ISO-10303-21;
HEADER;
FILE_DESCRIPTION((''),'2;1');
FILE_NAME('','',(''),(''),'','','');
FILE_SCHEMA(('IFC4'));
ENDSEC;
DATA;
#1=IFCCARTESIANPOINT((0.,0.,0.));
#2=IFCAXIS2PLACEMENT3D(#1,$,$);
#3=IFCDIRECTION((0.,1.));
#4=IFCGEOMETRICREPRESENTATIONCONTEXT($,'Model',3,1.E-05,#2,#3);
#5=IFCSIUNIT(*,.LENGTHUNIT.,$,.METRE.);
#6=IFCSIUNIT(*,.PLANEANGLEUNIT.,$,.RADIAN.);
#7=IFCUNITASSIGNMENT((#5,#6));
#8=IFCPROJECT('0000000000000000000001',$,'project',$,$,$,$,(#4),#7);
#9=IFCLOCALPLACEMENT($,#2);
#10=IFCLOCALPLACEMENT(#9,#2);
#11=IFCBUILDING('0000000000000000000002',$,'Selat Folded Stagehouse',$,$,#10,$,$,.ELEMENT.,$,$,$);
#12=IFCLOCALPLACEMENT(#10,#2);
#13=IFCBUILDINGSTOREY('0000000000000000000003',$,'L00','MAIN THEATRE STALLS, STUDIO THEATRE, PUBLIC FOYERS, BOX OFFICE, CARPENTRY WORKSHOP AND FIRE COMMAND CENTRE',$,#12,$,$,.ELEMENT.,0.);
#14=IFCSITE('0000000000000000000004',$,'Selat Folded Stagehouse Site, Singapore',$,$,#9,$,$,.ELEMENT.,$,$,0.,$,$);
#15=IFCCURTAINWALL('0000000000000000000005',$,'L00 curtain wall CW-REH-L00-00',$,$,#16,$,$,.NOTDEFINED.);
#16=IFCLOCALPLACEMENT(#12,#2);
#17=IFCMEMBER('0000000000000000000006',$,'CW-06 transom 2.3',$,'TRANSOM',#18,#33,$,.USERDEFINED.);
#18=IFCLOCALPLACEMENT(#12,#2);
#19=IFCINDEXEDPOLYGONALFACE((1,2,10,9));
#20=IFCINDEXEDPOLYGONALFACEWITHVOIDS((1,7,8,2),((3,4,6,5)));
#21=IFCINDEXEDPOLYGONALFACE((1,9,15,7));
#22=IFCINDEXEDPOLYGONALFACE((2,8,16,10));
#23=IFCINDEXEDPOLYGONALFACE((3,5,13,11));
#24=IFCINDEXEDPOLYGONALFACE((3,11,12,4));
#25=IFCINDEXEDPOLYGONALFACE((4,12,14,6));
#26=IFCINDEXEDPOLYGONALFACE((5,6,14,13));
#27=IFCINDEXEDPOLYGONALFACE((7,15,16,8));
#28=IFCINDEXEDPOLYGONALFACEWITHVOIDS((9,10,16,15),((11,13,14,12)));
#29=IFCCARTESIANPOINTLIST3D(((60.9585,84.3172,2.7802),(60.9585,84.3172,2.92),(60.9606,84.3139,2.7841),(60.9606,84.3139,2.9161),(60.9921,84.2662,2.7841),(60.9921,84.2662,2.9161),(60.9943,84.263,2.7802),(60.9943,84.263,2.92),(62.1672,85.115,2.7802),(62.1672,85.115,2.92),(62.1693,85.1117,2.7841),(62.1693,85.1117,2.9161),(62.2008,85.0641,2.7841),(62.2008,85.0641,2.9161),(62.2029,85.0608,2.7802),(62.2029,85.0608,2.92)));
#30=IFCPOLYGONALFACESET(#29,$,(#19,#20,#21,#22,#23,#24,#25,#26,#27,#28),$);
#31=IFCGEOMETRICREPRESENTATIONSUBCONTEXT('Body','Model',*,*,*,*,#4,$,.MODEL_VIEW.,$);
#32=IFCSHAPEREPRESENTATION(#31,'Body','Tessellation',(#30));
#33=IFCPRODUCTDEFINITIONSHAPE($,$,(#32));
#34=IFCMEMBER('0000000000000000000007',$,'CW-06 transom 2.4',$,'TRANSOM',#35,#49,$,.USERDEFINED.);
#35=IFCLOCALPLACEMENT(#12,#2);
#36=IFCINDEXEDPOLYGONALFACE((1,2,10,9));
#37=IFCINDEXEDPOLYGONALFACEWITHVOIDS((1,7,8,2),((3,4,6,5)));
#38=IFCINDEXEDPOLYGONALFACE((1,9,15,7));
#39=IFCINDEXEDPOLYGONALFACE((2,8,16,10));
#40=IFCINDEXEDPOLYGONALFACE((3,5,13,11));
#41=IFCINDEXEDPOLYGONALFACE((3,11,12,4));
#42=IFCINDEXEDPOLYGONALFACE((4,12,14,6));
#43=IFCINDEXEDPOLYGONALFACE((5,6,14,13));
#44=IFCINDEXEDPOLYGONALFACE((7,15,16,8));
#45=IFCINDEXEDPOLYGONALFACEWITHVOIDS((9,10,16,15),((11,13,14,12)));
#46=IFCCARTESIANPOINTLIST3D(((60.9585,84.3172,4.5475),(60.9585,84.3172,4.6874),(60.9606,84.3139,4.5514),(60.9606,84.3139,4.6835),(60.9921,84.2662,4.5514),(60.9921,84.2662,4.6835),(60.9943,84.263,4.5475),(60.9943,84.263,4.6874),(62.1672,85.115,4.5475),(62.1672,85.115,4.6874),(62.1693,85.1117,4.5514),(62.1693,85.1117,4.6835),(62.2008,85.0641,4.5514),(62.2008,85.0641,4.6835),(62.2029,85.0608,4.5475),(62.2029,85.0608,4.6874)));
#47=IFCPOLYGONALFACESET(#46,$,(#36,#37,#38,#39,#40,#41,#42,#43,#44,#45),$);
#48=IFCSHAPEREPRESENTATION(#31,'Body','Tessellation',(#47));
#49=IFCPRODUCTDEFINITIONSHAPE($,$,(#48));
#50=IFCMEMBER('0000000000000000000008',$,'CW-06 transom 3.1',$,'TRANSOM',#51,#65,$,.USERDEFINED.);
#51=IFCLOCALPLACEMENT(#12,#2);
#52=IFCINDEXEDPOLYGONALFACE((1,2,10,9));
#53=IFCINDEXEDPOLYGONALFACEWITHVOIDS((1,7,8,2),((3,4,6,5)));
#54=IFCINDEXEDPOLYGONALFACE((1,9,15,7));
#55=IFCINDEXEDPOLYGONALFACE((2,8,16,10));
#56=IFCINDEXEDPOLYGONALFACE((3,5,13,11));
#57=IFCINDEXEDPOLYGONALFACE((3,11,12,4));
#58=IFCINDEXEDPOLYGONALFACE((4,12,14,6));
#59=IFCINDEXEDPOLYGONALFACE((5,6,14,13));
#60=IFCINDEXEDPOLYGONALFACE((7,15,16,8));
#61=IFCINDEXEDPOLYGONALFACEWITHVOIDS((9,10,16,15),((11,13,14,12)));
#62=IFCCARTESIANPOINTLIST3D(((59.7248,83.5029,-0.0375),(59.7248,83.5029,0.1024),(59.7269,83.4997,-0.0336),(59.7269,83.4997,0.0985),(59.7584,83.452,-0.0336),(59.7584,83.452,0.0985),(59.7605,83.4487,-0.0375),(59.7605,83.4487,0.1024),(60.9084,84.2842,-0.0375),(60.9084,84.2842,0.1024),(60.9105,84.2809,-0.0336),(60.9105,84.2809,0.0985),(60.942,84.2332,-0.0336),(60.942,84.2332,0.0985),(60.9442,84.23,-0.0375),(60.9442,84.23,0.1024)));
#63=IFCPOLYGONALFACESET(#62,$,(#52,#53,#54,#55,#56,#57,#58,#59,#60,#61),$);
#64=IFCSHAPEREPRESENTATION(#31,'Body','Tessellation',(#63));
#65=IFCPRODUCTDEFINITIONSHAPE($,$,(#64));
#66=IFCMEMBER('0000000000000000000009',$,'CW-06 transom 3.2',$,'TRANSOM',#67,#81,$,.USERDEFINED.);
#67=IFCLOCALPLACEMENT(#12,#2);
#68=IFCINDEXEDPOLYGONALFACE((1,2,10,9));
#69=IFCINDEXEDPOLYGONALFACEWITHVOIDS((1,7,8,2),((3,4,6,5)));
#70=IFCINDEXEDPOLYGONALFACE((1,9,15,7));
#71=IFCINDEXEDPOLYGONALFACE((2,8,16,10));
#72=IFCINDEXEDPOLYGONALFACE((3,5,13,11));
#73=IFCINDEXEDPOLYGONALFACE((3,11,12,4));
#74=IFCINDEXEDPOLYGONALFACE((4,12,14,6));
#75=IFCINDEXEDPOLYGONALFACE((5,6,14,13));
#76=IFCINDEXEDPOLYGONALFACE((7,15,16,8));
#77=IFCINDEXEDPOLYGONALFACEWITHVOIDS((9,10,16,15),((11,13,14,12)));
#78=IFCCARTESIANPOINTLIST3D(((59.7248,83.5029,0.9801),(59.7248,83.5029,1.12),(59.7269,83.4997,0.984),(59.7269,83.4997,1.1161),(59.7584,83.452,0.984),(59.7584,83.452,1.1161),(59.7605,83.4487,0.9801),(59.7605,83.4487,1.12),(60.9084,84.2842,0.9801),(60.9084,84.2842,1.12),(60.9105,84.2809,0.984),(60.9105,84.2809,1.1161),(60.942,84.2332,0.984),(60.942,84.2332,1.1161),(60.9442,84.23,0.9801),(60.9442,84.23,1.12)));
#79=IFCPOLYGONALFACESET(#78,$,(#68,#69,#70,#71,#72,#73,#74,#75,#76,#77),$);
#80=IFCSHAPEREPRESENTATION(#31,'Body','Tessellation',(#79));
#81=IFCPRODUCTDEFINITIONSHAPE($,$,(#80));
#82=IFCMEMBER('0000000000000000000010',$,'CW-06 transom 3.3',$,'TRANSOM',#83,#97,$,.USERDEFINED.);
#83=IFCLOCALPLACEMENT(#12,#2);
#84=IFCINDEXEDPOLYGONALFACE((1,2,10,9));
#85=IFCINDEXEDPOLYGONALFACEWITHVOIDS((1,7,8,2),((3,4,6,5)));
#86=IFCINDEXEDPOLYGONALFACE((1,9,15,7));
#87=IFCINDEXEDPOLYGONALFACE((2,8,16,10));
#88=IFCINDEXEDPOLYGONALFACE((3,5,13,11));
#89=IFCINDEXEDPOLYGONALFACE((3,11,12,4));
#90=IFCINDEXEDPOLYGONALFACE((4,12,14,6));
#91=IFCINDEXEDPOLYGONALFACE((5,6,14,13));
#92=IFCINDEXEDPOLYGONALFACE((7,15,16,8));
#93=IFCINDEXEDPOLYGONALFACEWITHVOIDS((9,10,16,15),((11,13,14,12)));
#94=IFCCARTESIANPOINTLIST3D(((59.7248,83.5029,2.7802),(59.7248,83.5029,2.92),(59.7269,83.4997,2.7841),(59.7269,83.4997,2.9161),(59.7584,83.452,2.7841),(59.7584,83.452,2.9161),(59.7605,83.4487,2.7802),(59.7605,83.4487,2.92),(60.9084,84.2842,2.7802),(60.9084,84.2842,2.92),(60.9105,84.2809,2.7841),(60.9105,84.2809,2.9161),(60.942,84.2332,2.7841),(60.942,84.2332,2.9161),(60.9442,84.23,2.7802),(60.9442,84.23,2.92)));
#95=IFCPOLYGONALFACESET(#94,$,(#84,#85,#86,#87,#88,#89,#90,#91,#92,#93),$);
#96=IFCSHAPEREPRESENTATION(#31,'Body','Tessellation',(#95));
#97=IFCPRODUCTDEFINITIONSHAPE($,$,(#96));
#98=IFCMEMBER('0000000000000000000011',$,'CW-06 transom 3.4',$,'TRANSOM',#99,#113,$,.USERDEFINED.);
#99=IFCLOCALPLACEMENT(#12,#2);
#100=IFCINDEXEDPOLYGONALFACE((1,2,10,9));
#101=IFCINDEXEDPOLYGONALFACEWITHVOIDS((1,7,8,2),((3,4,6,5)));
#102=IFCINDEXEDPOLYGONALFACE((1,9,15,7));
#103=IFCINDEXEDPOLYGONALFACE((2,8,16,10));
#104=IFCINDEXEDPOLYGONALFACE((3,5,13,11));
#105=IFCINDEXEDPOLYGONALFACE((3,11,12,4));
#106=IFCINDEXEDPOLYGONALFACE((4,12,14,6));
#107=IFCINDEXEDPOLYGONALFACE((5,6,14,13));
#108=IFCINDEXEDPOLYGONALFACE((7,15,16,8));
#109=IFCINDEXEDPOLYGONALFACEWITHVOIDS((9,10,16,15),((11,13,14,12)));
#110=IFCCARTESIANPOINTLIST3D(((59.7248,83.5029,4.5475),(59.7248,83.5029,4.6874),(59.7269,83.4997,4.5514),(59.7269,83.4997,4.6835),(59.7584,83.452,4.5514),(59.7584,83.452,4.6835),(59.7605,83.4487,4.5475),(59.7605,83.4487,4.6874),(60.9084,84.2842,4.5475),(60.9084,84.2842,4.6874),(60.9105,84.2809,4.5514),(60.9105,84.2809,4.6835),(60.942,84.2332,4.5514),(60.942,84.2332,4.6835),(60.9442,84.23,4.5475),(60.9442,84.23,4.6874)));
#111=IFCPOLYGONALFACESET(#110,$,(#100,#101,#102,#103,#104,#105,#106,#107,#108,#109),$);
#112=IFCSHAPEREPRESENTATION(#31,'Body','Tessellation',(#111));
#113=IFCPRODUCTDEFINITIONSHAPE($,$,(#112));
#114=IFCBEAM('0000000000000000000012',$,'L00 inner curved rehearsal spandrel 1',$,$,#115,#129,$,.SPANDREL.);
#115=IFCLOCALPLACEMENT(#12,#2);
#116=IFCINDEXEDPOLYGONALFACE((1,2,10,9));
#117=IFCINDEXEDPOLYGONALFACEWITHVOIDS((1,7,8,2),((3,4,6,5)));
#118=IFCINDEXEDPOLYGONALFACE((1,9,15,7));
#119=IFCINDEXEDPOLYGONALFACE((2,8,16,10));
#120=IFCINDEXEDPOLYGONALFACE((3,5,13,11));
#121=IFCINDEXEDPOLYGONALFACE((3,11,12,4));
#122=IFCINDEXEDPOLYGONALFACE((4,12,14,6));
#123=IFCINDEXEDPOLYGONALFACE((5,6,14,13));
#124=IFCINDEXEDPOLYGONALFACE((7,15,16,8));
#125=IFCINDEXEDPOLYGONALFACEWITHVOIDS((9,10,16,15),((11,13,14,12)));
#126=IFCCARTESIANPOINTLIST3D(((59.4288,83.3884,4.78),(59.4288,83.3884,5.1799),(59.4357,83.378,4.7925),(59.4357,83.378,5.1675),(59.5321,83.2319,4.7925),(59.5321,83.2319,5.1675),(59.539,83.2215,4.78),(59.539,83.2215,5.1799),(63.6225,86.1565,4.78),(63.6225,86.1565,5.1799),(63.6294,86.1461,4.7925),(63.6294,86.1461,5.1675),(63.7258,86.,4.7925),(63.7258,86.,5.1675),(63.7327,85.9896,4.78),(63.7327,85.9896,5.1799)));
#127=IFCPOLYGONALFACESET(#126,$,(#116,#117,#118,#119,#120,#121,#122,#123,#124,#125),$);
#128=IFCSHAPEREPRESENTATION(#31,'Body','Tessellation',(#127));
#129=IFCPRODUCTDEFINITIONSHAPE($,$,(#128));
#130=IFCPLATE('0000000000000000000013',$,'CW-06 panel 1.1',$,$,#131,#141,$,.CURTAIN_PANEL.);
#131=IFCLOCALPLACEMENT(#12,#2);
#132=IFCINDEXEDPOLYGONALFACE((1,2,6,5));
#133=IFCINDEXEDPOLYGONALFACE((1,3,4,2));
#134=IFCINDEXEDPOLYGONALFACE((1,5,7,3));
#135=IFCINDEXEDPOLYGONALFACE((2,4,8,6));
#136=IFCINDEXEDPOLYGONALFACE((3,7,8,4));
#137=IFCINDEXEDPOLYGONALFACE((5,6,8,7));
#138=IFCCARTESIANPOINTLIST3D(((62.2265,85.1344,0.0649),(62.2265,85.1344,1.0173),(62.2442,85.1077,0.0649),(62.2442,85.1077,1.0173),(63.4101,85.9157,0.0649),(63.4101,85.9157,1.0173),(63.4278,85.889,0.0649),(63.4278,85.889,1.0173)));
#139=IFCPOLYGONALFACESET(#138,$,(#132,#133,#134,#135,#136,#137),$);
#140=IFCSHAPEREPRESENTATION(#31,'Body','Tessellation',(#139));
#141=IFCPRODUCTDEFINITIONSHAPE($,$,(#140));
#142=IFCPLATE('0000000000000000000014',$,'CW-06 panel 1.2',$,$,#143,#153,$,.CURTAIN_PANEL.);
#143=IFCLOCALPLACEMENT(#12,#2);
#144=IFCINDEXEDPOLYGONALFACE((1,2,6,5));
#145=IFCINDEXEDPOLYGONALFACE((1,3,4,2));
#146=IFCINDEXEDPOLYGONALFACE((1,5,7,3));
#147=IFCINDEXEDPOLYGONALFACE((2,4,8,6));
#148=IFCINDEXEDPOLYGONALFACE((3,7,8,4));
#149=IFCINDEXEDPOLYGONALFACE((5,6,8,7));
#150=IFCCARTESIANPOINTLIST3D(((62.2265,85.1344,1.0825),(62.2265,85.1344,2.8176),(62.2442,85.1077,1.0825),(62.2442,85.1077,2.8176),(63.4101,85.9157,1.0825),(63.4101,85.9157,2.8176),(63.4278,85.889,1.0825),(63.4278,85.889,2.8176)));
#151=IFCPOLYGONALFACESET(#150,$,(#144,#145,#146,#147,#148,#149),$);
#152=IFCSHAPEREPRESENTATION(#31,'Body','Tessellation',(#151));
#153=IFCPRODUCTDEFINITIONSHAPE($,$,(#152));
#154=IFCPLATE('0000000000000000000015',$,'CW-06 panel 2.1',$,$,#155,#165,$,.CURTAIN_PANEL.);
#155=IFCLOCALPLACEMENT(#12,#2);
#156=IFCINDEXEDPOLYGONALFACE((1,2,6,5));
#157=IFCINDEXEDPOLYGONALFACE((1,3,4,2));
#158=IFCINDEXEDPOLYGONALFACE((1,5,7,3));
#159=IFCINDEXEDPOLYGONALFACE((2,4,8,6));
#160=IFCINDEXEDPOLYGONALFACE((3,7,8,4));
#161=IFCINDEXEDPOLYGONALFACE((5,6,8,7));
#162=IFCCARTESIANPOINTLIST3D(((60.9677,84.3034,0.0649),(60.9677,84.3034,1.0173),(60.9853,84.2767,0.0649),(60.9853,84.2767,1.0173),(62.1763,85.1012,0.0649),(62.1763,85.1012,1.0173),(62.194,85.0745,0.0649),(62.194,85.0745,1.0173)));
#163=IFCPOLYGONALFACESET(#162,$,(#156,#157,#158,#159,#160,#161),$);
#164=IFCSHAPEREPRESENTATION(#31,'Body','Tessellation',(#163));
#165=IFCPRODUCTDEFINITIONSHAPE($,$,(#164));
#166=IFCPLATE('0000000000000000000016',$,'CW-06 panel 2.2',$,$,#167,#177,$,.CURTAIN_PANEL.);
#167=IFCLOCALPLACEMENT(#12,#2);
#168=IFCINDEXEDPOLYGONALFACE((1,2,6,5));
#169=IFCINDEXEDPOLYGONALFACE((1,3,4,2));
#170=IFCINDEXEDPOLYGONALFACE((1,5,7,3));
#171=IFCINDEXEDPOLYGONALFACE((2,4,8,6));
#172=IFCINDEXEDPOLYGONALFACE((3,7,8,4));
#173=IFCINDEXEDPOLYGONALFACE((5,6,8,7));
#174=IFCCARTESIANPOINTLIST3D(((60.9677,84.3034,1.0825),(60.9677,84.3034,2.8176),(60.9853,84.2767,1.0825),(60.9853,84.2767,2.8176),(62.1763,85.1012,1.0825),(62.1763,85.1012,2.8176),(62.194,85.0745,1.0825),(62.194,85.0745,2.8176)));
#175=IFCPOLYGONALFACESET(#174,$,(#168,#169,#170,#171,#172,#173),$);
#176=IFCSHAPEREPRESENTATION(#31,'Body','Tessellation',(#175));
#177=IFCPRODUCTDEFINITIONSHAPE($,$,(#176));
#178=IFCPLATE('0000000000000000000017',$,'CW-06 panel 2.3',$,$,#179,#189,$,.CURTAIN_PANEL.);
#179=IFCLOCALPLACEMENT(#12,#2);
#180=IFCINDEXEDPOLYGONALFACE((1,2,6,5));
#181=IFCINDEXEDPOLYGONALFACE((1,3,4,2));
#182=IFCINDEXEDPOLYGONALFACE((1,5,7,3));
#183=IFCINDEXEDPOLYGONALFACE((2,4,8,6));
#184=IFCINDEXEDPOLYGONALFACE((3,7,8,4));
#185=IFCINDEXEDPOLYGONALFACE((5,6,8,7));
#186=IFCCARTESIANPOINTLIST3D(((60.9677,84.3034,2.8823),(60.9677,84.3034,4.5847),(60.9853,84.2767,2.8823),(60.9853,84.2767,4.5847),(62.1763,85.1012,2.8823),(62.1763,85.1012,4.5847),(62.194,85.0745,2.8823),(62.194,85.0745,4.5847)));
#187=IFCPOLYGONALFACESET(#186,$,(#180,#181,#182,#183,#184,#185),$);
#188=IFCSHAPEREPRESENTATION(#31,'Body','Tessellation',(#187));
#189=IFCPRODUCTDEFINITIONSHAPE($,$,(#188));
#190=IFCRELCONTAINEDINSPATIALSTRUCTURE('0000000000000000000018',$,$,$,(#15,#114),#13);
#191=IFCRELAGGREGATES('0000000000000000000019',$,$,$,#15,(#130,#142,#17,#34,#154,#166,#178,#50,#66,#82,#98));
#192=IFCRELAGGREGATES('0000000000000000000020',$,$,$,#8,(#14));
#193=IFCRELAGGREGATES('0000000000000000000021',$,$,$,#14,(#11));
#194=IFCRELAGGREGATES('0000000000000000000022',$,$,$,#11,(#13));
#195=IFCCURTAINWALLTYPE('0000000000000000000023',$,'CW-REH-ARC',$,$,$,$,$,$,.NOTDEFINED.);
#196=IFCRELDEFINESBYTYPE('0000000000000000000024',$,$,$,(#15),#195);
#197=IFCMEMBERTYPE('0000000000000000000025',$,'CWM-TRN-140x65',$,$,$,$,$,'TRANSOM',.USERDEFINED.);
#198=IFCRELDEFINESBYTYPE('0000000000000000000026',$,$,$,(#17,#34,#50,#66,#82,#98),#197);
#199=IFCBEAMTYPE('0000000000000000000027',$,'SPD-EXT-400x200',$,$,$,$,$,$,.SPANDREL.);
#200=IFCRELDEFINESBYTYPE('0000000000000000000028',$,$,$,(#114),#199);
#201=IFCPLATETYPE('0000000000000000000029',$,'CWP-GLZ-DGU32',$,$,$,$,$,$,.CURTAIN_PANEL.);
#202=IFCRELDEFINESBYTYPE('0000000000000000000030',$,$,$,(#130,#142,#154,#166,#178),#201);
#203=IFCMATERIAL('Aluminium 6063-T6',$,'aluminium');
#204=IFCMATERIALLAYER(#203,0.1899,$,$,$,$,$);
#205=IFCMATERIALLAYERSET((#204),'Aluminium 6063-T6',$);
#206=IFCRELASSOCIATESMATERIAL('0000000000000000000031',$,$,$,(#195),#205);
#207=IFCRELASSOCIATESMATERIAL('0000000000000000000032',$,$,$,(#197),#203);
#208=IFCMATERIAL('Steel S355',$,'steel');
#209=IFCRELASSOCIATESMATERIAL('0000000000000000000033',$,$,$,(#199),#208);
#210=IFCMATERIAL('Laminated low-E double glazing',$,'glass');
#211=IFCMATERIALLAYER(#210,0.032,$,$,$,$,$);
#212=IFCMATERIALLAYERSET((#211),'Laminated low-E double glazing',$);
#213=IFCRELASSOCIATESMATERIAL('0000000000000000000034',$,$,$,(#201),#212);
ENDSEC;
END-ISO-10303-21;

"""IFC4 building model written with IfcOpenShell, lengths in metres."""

from ifc_helpers import new_model, si_unit, direction, frame, origin, origin_2d, place, context, subcontext, project, spatial, rectangle, hollow_rectangle, extrude, material, layer, layer_set, material_profile, profile_set, type_object, element, aggregate, save


model = new_model("IFC4")

# Units and contexts
model_context = context("Model", 3, precision=1e-05, world=origin(), true_north=direction((0.0, 1.0)))
body_context = subcontext(model_context, "Body", "Model", "MODEL_VIEW")
ifc_project = project(units=[si_unit("LENGTHUNIT", "METRE"), si_unit("PLANEANGLEUNIT", "RADIAN")], contexts=[model_context])

# Site, building, storey
site_placement = place(None, origin())
site = spatial("IfcSite", under=ifc_project, at=site_placement, Name="Selat Folded Stagehouse Site, Singapore", CompositionType="ELEMENT", RefElevation=0.0)
building_placement = place(site_placement, origin())
building = spatial("IfcBuilding", under=site, at=building_placement, Name="Selat Folded Stagehouse", CompositionType="ELEMENT")
storey_placement = place(building_placement, origin())
storey = spatial("IfcBuildingStorey", under=building, at=storey_placement, Name="L00", Description="MAIN THEATRE STALLS, STUDIO THEATRE, PUBLIC FOYERS, BOX OFFICE, CARPENTRY WORKSHOP AND FIRE COMMAND CENTRE", CompositionType="ELEMENT", Elevation=0.0)

# Shared definitions
ifc_material_1 = material(Name="Steel S355", Category="steel")

# Curtain wall, members
ifc_material_2 = material(Name="Aluminium 6063-T6", Category="aluminium")
ifc_layer_1 = layer(ifc_material_2, 0.1899)
ifc_layer_set_1 = layer_set([ifc_layer_1], Name="Aluminium 6063-T6")
curtain_wall_type = type_object("IfcCurtainWallType", Name="CW-REH-ARC", PredefinedType="NOTDEFINED", material=ifc_layer_set_1)
curtain_wall_placement = place(storey_placement, origin())
curtain_wall = element("IfcCurtainWall", 1, at=curtain_wall_placement, inside=storey, type_object=curtain_wall_type, Name="L00 curtain wall CW-REH-L00-00", PredefinedType="NOTDEFINED")
ifc_material_profile_1 = material_profile(ifc_material_2, hollow_rectangle(XDim=0.0649, YDim=0.1399, WallThickness=0.0039, at=origin_2d()), Name="ALU 140x65x4.0")
ifc_profile_set_1 = profile_set([ifc_material_profile_1], Name="Aluminium 6063-T6")
member_type_1 = type_object("IfcMemberType", Name="CWM-TRN-140x65", ElementType="TRANSOM", PredefinedType="USERDEFINED", material=ifc_profile_set_1)
member_1_placement = place(storey_placement, frame((62.1851, 85.0879, 2.8501), z_axis=(-0.834583, -0.550882, 0.0), x_axis=(0.550882, -0.834583, 0.0)))
member_1 = element("IfcMember", 2, at=member_1_placement, type_object=member_type_1, Name="CW-06 transom 2.3", ObjectType="TRANSOM", PredefinedType="USERDEFINED", context=body_context, shape_type="SweptSolid", body=[
    extrude(hollow_rectangle(XDim=0.0649, YDim=0.1399, WallThickness=0.0039, at=origin_2d()), origin(), (0.0, 0.0, 1.0), 1.4482),
])
member_2_placement = place(storey_placement, frame((62.1851, 85.0879, 4.6174), z_axis=(-0.834583, -0.550882, 0.0), x_axis=(0.550882, -0.834583, 0.0)))
member_2 = element("IfcMember", 3, at=member_2_placement, type_object=member_type_1, Name="CW-06 transom 2.4", ObjectType="TRANSOM", PredefinedType="USERDEFINED", context=body_context, shape_type="SweptSolid", body=[
    extrude(hollow_rectangle(XDim=0.0649, YDim=0.1399, WallThickness=0.0039, at=origin_2d()), origin(), (0.0, 0.0, 1.0), 1.4482),
])
member_3_placement = place(storey_placement, frame((60.9263, 84.2571, 0.0325), z_axis=(-0.834584, -0.550881, 0.0), x_axis=(0.550881, -0.834584, 0.0)))
member_3 = element("IfcMember", 4, at=member_3_placement, type_object=member_type_1, Name="CW-06 transom 3.1", ObjectType="TRANSOM", PredefinedType="USERDEFINED", context=body_context, shape_type="SweptSolid", body=[
    extrude(hollow_rectangle(XDim=0.0649, YDim=0.1399, WallThickness=0.0039, at=origin_2d()), origin(), (0.0, 0.0, 1.0), 1.4182),
])
member_4_placement = place(storey_placement, frame((60.9263, 84.2571, 1.05), z_axis=(-0.834584, -0.550881, 0.0), x_axis=(0.550881, -0.834584, 0.0)))
member_4 = element("IfcMember", 5, at=member_4_placement, type_object=member_type_1, Name="CW-06 transom 3.2", ObjectType="TRANSOM", PredefinedType="USERDEFINED", context=body_context, shape_type="SweptSolid", body=[
    extrude(hollow_rectangle(XDim=0.0649, YDim=0.1399, WallThickness=0.0039, at=origin_2d()), origin(), (0.0, 0.0, 1.0), 1.4182),
])
member_5_placement = place(storey_placement, frame((60.9263, 84.2571, 2.8501), z_axis=(-0.834584, -0.550881, 0.0), x_axis=(0.550881, -0.834584, 0.0)))
member_5 = element("IfcMember", 6, at=member_5_placement, type_object=member_type_1, Name="CW-06 transom 3.3", ObjectType="TRANSOM", PredefinedType="USERDEFINED", context=body_context, shape_type="SweptSolid", body=[
    extrude(hollow_rectangle(XDim=0.0649, YDim=0.1399, WallThickness=0.0039, at=origin_2d()), origin(), (0.0, 0.0, 1.0), 1.4182),
])
member_6_placement = place(storey_placement, frame((60.9263, 84.2571, 4.6174), z_axis=(-0.834584, -0.550881, 0.0), x_axis=(0.550881, -0.834584, 0.0)))
member_6 = element("IfcMember", 7, at=member_6_placement, type_object=member_type_1, Name="CW-06 transom 3.4", ObjectType="TRANSOM", PredefinedType="USERDEFINED", context=body_context, shape_type="SweptSolid", body=[
    extrude(hollow_rectangle(XDim=0.0649, YDim=0.1399, WallThickness=0.0039, at=origin_2d()), origin(), (0.0, 0.0, 1.0), 1.4182),
])

# Beam
ifc_material_profile_2 = material_profile(ifc_material_1, hollow_rectangle(XDim=0.2, YDim=0.3999, WallThickness=0.0125, at=origin_2d()), Name="RHS 400x200x12.5")
ifc_profile_set_2 = profile_set([ifc_material_profile_2], Name="Steel S355")
beam_type_1 = type_object("IfcBeamType", Name="SPD-EXT-400x200", PredefinedType="SPANDREL", material=ifc_profile_set_2)
beam_1_placement = place(storey_placement, frame((59.4839, 83.3049, 4.98), z_axis=(0.834583, 0.550882, 0.0), x_axis=(-0.550882, 0.834583, 0.0)))
element("IfcBeam", 8, at=beam_1_placement, inside=storey, type_object=beam_type_1, Name="L00 inner curved rehearsal spandrel 1", PredefinedType="SPANDREL", context=body_context, shape_type="SweptSolid", body=[
    extrude(hollow_rectangle(XDim=0.2, YDim=0.3999, WallThickness=0.0125, at=origin_2d()), origin(), (0.0, 0.0, 1.0), 5.0249),
])

# Plates
ifc_material_3 = material(Name="Laminated low-E double glazing", Category="glass")
ifc_layer_2 = layer(ifc_material_3, 0.032)
ifc_layer_set_2 = layer_set([ifc_layer_2], Name="Laminated low-E double glazing")
plate_type_1 = type_object("IfcPlateType", Name="CWP-GLZ-DGU32", PredefinedType="CURTAIN_PANEL", material=ifc_layer_set_2)
plate_1_placement = place(storey_placement, frame((62.8271, 85.5117, 0.0649), z_axis=(0.0, 0.0, 1.0), x_axis=(-0.834581, -0.550885, 0.0)))
plate_1 = element("IfcPlate", 9, at=plate_1_placement, type_object=plate_type_1, Name="CW-06 panel 1.1", PredefinedType="CURTAIN_PANEL", context=body_context, shape_type="SweptSolid", body=[
    extrude(rectangle(XDim=1.4182, YDim=0.032, at=origin_2d()), origin(), (0.0, 0.0, 1.0), 0.9524),
])
plate_2_placement = place(storey_placement, frame((62.8271, 85.5117, 1.0825), z_axis=(0.0, 0.0, 1.0), x_axis=(-0.834581, -0.550885, 0.0)))
plate_2 = element("IfcPlate", 10, at=plate_2_placement, type_object=plate_type_1, Name="CW-06 panel 1.2", PredefinedType="CURTAIN_PANEL", context=body_context, shape_type="SweptSolid", body=[
    extrude(rectangle(XDim=1.4182, YDim=0.032, at=origin_2d()), origin(), (0.0, 0.0, 1.0), 1.7351),
])
plate_3_placement = place(storey_placement, frame((61.5808, 84.689, 0.0649), z_axis=(0.0, 0.0, 1.0), x_axis=(-0.834581, -0.550885, 0.0)))
plate_3 = element("IfcPlate", 11, at=plate_3_placement, type_object=plate_type_1, Name="CW-06 panel 2.1", PredefinedType="CURTAIN_PANEL", context=body_context, shape_type="SweptSolid", body=[
    extrude(rectangle(XDim=1.4482, YDim=0.032, at=origin_2d()), origin(), (0.0, 0.0, 1.0), 0.9524),
])
plate_4_placement = place(storey_placement, frame((61.5808, 84.689, 1.0825), z_axis=(0.0, 0.0, 1.0), x_axis=(-0.834581, -0.550885, 0.0)))
plate_4 = element("IfcPlate", 12, at=plate_4_placement, type_object=plate_type_1, Name="CW-06 panel 2.2", PredefinedType="CURTAIN_PANEL", context=body_context, shape_type="SweptSolid", body=[
    extrude(rectangle(XDim=1.4482, YDim=0.032, at=origin_2d()), origin(), (0.0, 0.0, 1.0), 1.7351),
])
plate_5_placement = place(storey_placement, frame((61.5808, 84.689, 2.8823), z_axis=(0.0, 0.0, 1.0), x_axis=(-0.834581, -0.550885, 0.0)))
plate_5 = element("IfcPlate", 13, at=plate_5_placement, type_object=plate_type_1, Name="CW-06 panel 2.3", PredefinedType="CURTAIN_PANEL", context=body_context, shape_type="SweptSolid", body=[
    extrude(rectangle(XDim=1.4482, YDim=0.032, at=origin_2d()), origin(), (0.0, 0.0, 1.0), 1.7024),
])
aggregate(curtain_wall, [plate_1, plate_2, member_1, member_2, plate_3, plate_4, plate_5, member_3, member_4, member_5, member_6])

save(model, "model.ifc")
